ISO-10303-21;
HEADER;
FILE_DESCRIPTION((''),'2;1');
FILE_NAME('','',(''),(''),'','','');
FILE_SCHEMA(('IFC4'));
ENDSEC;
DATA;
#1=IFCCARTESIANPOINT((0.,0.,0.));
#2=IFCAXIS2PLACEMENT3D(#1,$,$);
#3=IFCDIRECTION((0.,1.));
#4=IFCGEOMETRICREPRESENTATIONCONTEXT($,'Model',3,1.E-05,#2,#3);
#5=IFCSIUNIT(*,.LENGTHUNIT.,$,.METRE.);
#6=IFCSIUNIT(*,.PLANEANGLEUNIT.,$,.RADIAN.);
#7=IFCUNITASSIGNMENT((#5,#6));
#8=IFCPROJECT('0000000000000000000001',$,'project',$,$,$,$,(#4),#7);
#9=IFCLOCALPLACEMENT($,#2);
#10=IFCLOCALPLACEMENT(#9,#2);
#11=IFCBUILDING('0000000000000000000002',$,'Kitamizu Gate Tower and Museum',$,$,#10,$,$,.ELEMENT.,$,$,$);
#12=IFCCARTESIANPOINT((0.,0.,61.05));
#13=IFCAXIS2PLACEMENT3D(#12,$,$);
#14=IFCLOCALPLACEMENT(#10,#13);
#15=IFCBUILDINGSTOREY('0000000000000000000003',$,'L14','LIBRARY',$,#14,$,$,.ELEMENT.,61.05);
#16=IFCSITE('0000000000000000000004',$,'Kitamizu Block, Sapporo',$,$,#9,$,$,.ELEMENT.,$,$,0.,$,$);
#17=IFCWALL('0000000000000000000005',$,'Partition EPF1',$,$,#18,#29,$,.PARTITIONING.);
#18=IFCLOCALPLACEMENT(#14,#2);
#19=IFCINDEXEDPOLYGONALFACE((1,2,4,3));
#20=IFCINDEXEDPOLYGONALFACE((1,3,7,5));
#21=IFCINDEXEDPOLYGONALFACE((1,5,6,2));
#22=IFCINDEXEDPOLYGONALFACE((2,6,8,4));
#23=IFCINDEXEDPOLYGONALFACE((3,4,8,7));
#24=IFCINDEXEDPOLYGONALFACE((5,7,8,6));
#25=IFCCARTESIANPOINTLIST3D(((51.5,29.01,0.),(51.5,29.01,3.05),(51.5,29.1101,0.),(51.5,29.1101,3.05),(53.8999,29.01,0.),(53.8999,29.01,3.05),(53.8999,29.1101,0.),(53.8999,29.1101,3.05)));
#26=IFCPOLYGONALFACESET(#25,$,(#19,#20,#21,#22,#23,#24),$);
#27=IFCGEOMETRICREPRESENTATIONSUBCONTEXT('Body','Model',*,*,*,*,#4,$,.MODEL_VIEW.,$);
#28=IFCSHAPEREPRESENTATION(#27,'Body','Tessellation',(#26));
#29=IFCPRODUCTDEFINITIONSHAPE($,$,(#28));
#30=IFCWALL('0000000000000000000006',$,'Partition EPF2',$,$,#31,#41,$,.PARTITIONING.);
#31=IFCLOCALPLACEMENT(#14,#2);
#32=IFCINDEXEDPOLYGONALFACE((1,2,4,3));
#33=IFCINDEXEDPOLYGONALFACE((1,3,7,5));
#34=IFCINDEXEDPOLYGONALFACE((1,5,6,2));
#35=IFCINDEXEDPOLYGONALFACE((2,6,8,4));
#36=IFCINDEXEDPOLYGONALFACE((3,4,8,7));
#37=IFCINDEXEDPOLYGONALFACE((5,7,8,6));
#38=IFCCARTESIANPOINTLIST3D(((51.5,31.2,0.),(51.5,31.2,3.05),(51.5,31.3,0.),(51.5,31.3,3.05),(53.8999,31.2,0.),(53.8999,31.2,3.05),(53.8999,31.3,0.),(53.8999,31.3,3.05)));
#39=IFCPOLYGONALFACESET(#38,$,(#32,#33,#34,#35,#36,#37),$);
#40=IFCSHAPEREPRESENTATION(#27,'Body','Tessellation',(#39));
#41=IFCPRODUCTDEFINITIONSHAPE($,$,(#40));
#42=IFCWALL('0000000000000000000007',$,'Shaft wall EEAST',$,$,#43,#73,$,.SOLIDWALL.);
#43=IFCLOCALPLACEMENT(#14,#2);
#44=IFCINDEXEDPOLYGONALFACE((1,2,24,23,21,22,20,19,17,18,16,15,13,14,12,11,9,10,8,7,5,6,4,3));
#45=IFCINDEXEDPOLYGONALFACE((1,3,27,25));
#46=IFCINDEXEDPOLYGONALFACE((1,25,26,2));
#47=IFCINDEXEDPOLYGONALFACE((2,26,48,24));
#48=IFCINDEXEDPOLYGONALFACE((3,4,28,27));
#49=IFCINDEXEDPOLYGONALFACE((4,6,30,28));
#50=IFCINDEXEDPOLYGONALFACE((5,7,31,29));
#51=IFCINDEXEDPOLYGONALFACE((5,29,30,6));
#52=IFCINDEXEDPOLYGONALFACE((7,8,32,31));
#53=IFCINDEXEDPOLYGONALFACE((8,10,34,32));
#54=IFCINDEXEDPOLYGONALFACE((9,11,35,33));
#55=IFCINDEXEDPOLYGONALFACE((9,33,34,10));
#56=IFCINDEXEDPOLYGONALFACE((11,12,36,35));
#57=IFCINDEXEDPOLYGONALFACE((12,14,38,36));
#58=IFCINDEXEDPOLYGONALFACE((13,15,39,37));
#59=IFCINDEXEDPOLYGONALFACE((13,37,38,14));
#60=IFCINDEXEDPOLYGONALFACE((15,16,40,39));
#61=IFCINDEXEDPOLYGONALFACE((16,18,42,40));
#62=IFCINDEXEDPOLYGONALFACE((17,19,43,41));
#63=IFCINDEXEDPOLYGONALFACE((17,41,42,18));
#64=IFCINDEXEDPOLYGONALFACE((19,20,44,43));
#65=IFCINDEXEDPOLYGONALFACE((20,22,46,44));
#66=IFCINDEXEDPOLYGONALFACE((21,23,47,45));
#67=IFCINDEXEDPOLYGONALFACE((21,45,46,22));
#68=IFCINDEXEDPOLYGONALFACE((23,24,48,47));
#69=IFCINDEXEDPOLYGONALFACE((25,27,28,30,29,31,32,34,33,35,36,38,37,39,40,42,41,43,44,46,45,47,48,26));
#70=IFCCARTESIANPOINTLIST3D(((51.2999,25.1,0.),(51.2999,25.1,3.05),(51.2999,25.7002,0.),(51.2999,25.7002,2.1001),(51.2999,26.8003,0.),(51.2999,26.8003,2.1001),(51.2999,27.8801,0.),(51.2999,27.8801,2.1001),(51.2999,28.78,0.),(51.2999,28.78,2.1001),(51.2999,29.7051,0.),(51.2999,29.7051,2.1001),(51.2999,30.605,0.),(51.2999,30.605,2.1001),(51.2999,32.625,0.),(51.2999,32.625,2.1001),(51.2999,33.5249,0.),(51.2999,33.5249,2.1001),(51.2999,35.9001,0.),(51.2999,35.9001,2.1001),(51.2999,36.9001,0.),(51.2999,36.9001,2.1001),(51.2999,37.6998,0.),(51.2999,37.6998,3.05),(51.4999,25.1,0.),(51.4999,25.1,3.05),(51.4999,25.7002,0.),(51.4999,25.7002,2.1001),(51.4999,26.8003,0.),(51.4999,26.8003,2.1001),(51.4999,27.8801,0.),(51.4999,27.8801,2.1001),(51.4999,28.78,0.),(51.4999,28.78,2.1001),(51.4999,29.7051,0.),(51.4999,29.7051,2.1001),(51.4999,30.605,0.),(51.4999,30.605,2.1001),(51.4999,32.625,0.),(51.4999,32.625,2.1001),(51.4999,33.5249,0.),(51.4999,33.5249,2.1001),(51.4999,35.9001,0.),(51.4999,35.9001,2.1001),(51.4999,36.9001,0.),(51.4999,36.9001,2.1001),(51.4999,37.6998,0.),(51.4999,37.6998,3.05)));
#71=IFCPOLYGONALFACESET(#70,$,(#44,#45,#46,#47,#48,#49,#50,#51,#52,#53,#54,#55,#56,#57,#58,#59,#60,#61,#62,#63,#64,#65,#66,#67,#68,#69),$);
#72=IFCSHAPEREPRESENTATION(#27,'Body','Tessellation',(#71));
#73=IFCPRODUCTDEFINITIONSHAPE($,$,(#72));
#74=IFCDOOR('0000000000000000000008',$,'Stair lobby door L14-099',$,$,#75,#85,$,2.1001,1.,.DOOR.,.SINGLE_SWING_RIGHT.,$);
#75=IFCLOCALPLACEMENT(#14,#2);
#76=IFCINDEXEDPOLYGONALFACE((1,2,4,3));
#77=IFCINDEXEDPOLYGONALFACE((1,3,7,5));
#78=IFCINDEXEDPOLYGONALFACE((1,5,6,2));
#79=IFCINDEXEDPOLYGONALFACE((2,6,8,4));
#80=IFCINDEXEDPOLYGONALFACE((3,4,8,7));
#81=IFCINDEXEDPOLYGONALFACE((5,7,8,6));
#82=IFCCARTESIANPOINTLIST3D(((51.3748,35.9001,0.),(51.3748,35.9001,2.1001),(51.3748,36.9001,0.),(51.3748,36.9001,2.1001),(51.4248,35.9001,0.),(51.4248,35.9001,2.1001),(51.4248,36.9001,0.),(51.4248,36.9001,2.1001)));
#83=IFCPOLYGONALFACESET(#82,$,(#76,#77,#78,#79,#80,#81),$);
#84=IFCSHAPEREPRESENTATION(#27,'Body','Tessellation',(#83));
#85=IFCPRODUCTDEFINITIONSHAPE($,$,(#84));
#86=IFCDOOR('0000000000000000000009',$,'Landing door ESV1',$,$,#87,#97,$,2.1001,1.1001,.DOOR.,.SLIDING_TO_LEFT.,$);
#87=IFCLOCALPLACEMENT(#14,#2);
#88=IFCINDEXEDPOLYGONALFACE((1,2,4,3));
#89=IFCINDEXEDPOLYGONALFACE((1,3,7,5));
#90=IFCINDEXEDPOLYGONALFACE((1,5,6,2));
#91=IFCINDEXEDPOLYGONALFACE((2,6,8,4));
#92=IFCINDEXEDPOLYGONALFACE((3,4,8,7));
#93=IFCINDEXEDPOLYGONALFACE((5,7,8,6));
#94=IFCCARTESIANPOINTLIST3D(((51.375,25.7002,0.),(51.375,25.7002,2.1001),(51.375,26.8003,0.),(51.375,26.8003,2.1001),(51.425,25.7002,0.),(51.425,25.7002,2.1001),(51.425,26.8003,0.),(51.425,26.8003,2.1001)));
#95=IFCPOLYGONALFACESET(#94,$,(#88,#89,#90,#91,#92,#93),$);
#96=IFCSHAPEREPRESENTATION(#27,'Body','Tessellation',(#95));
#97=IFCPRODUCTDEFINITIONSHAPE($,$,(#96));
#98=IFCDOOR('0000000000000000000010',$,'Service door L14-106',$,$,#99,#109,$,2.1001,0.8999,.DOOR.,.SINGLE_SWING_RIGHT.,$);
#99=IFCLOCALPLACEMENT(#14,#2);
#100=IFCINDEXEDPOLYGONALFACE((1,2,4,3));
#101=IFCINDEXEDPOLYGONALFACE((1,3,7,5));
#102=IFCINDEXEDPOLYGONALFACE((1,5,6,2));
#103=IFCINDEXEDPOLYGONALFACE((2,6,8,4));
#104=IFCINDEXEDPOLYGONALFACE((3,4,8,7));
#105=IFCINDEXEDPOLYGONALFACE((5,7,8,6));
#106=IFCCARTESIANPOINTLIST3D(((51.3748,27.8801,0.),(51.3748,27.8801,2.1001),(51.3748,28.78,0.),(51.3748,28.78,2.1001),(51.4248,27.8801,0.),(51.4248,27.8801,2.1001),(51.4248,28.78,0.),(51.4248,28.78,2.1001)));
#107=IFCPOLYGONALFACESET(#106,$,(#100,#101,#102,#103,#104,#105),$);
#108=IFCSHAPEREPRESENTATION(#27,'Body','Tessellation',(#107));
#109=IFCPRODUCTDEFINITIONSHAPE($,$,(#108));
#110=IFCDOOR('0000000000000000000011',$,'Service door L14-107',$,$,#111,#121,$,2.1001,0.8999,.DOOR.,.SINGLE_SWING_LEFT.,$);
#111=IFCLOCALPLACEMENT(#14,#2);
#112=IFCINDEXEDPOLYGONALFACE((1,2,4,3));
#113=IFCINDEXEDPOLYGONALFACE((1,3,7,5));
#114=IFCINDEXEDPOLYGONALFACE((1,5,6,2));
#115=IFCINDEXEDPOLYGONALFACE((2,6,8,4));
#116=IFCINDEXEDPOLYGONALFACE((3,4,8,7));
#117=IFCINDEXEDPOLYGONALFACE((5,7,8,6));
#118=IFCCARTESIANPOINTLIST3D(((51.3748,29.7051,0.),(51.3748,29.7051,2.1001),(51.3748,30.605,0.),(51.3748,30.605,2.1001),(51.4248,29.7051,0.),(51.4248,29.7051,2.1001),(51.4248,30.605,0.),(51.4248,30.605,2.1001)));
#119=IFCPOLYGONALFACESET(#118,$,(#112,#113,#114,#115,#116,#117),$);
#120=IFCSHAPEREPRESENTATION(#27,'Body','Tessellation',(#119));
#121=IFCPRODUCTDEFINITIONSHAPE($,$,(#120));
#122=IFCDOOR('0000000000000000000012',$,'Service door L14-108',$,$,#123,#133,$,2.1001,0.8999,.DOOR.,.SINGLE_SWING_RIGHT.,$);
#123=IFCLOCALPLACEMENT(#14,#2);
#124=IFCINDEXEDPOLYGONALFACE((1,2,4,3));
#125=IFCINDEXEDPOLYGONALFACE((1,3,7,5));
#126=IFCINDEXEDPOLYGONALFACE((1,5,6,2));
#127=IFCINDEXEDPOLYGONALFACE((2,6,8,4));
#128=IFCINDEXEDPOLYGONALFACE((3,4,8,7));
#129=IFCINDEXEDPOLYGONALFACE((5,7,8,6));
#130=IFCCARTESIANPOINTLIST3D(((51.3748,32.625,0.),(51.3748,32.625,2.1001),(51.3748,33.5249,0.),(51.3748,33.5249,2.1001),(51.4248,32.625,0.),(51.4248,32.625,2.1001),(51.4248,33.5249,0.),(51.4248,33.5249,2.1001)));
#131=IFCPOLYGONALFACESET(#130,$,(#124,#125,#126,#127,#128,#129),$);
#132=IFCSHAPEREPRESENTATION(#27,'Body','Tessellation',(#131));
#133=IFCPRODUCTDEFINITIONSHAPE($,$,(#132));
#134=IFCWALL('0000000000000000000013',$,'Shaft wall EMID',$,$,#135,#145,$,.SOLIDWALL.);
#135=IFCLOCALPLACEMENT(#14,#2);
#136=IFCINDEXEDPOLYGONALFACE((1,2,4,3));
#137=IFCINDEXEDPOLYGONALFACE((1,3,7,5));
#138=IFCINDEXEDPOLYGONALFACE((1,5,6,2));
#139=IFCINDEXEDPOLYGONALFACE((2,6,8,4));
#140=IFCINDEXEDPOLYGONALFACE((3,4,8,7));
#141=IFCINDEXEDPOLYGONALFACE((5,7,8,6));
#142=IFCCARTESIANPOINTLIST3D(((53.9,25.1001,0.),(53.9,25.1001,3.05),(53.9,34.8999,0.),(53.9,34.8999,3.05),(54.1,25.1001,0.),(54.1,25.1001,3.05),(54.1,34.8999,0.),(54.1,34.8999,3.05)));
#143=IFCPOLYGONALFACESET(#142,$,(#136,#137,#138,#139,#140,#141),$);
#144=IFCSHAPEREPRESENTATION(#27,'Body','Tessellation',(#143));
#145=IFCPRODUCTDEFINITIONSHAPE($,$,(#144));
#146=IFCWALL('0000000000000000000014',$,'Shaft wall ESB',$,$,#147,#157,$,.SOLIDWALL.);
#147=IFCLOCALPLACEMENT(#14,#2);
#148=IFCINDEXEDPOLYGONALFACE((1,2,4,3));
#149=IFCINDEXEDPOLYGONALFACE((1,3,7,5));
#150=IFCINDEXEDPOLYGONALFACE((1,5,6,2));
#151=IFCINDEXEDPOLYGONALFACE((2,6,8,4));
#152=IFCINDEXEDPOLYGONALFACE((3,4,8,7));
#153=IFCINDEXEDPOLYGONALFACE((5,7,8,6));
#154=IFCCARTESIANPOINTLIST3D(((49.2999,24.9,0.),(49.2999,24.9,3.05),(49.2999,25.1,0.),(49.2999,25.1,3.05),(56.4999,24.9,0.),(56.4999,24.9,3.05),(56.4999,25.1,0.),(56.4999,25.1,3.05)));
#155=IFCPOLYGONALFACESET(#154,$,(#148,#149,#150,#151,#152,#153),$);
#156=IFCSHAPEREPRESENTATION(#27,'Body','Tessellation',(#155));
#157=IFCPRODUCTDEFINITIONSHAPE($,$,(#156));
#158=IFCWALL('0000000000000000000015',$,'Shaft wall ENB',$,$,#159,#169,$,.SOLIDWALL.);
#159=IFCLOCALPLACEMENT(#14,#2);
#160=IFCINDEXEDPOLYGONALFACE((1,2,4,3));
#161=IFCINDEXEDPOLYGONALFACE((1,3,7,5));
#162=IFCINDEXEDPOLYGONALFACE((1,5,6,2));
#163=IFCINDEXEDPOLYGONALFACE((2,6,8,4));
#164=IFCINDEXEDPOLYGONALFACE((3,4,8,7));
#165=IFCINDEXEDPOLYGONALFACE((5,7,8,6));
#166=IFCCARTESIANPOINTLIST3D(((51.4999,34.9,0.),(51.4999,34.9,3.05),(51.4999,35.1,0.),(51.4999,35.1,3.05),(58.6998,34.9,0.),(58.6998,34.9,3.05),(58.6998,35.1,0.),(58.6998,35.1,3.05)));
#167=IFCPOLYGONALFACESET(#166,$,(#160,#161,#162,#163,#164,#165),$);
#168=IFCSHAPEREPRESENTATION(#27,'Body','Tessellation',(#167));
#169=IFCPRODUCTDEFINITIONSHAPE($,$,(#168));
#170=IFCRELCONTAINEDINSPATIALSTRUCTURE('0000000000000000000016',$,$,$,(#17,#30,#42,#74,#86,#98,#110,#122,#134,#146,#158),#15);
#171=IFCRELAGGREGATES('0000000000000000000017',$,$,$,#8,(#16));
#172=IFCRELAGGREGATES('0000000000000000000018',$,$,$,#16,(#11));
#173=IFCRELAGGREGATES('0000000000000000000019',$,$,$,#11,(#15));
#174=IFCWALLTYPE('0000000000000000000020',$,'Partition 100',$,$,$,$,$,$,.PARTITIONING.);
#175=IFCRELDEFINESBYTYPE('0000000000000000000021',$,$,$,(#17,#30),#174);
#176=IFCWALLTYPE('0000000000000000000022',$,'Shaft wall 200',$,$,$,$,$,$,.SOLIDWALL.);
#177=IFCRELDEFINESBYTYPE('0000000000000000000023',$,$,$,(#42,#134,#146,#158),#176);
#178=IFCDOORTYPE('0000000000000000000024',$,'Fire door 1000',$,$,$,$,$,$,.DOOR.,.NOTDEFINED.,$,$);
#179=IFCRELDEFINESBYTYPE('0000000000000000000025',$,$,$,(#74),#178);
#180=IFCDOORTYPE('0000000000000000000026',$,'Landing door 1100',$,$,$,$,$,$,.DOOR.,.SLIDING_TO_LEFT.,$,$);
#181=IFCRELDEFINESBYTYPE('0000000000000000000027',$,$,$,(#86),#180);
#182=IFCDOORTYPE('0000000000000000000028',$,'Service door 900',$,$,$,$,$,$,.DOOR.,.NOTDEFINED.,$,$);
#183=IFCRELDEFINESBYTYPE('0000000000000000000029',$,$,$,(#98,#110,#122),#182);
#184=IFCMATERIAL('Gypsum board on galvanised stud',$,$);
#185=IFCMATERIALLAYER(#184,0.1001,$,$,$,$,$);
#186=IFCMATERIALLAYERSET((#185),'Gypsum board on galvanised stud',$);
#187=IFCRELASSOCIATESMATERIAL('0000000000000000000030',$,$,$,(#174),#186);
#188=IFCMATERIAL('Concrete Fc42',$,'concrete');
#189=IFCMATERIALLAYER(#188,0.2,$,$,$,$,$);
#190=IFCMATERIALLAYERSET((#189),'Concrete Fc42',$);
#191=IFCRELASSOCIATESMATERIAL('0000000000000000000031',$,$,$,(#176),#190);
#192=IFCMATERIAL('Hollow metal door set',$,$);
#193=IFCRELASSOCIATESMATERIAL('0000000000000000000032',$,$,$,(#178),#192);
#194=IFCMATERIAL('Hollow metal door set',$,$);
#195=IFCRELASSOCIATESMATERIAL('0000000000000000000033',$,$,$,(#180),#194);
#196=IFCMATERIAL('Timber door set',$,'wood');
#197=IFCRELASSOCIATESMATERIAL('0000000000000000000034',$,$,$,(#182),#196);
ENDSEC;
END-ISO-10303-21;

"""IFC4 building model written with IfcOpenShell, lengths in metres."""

from ifc_helpers import new_model, si_unit, direction, frame, frame_2d, origin, place, context, subcontext, project, spatial, rectangle, extrude, material, layer, layer_set, type_object, element, fill, save


model = new_model("IFC4")

# Units and contexts
model_context = context("Model", 3, precision=1e-05, world=origin(), true_north=direction((0.0, 1.0)))
body_context = subcontext(model_context, "Body", "Model", "MODEL_VIEW")
ifc_project = project(units=[si_unit("LENGTHUNIT", "METRE"), si_unit("PLANEANGLEUNIT", "RADIAN")], contexts=[model_context])

# Site, building, storey
site_placement = place(None, origin())
site = spatial("IfcSite", under=ifc_project, at=site_placement, Name="Kitamizu Block, Sapporo", CompositionType="ELEMENT", RefElevation=0.0)
building_placement = place(site_placement, origin())
building = spatial("IfcBuilding", under=site, at=building_placement, Name="Kitamizu Gate Tower and Museum", CompositionType="ELEMENT")
storey_placement = place(building_placement, frame((0.0, 0.0, 61.05)))
storey = spatial("IfcBuildingStorey", under=building, at=storey_placement, Name="L14", Description="LIBRARY", CompositionType="ELEMENT", Elevation=61.05)

# Walls
ifc_material_1 = material(Name="Gypsum board on galvanised stud")
ifc_layer_1 = layer(ifc_material_1, 0.1001)
ifc_layer_set_1 = layer_set([ifc_layer_1], Name="Gypsum board on galvanised stud")
wall_type_1 = type_object("IfcWallType", Name="Partition 100", PredefinedType="PARTITIONING", material=ifc_layer_set_1)
for number, where, z_axis, x_axis, name in (
    (1, (53.8999, 29.0601, 0.0), (0.0, 0.0, 1.0), (-1.0, 0.0, 0.0), "Partition EPF1"),
    (2, (53.8999, 31.25, 0.0), (0.0, 0.0, 1.0), (-1.0, 0.0, 0.0), "Partition EPF2"),
):
    element("IfcWall", number, at=place(storey_placement, frame(where, z_axis=z_axis, x_axis=x_axis)), inside=storey, type_object=wall_type_1, Name=name, PredefinedType="PARTITIONING", context=body_context, shape_type="SweptSolid", body=[
        extrude(rectangle(XDim=2.3999, YDim=0.1001, at=frame_2d((1.2, 0.0))), origin(), (0.0, 0.0, 1.0), 3.05),
    ])

# Wall, openings, doors
ifc_material_2 = material(Name="Concrete Fc42", Category="concrete")
ifc_layer_2 = layer(ifc_material_2, 0.2)
ifc_layer_set_2 = layer_set([ifc_layer_2], Name="Concrete Fc42")
wall_type_2 = type_object("IfcWallType", Name="Shaft wall 200", PredefinedType="SOLIDWALL", material=ifc_layer_set_2)
wall_1_placement = place(storey_placement, frame((51.3999, 25.1001, 0.0), z_axis=(0.0, 0.0, 1.0), x_axis=(0.0, 1.0, 0.0)))
wall_1 = element("IfcWall", 3, at=wall_1_placement, inside=storey, type_object=wall_type_2, Name="Shaft wall EEAST", PredefinedType="SOLIDWALL", context=body_context, shape_type="SweptSolid", body=[
    extrude(rectangle(XDim=12.5999, YDim=0.2, at=frame_2d((6.2998, 0.0))), origin(), (0.0, 0.0, 1.0), 3.05),
])
opening_1_placement = place(wall_1_placement, frame((0.6001, 0.0, 0.0)))
opening_1 = element("IfcOpeningElement", 4, at=opening_1_placement, cuts=wall_1, PredefinedType="OPENING", context=body_context, shape_type="SweptSolid", body=[
    extrude(rectangle(XDim=1.1001, YDim=2.1001, at=frame_2d((0.55, 1.05))), frame((0.0, 0.1099, 0.0), z_axis=(0.0, -1.0, 0.0), x_axis=(1.0, 0.0, 0.0)), (0.0, 0.0, 1.0), 0.22),
])
opening_2_placement = place(wall_1_placement, frame((10.8, 0.0, 0.0)))
opening_2 = element("IfcOpeningElement", 5, at=opening_2_placement, cuts=wall_1, PredefinedType="OPENING", context=body_context, shape_type="SweptSolid", body=[
    extrude(rectangle(XDim=1.0, YDim=2.1001, at=frame_2d((0.5, 1.05))), frame((0.0, 0.1099, 0.0), z_axis=(0.0, -1.0, 0.0), x_axis=(1.0, 0.0, 0.0)), (0.0, 0.0, 1.0), 0.22),
])
opening_3_placement = place(wall_1_placement, frame((2.78, 0.0, 0.0)))
opening_3 = element("IfcOpeningElement", 6, at=opening_3_placement, cuts=wall_1, PredefinedType="OPENING", context=body_context, shape_type="SweptSolid", body=[
    extrude(rectangle(XDim=0.8999, YDim=2.1001, at=frame_2d((0.45, 1.05))), frame((0.0, 0.1099, 0.0), z_axis=(0.0, -1.0, 0.0), x_axis=(1.0, 0.0, 0.0)), (0.0, 0.0, 1.0), 0.22),
])
opening_4_placement = place(wall_1_placement, frame((4.605, 0.0, 0.0)))
opening_4 = element("IfcOpeningElement", 7, at=opening_4_placement, cuts=wall_1, PredefinedType="OPENING", context=body_context, shape_type="SweptSolid", body=[
    extrude(rectangle(XDim=0.8999, YDim=2.1001, at=frame_2d((0.45, 1.05))), frame((0.0, 0.1099, 0.0), z_axis=(0.0, -1.0, 0.0), x_axis=(1.0, 0.0, 0.0)), (0.0, 0.0, 1.0), 0.22),
])
opening_5_placement = place(wall_1_placement, frame((7.5249, 0.0, 0.0)))
opening_5 = element("IfcOpeningElement", 8, at=opening_5_placement, cuts=wall_1, PredefinedType="OPENING", context=body_context, shape_type="SweptSolid", body=[
    extrude(rectangle(XDim=0.8999, YDim=2.1001, at=frame_2d((0.45, 1.05))), frame((0.0, 0.1099, 0.0), z_axis=(0.0, -1.0, 0.0), x_axis=(1.0, 0.0, 0.0)), (0.0, 0.0, 1.0), 0.22),
])
ifc_material_3 = material(Name="Hollow metal door set")
door_type_1 = type_object("IfcDoorType", Name="Fire door 1000", OperationType="NOTDEFINED", PredefinedType="DOOR", material=ifc_material_3)
door_1_placement = place(opening_2_placement, frame((1.0, 0.0, 0.0), x_axis=(-1.0, 0.0, 0.0)))
door_1 = element("IfcDoor", 9, at=door_1_placement, inside=storey, type_object=door_type_1, Name="Stair lobby door L14-099", OperationType="SINGLE_SWING_RIGHT", OverallHeight=2.1001, OverallWidth=1.0, PredefinedType="DOOR", context=body_context, shape_type="SweptSolid", body=[
    extrude(rectangle(XDim=1.0, YDim=2.1001, at=frame_2d((0.5, 1.05))), frame((0.0, 0.0249, 0.0), z_axis=(0.0, -1.0, 0.0), x_axis=(1.0, 0.0, 0.0)), (0.0, 0.0, 1.0), 0.05),
])
fill(opening_2, door_1)
ifc_material_4 = material(Name="Hollow metal door set")
door_type_2 = type_object("IfcDoorType", Name="Landing door 1100", OperationType="SLIDING_TO_LEFT", PredefinedType="DOOR", material=ifc_material_4)
door_2_placement = place(opening_1_placement, origin())
door_2 = element("IfcDoor", 10, at=door_2_placement, inside=storey, type_object=door_type_2, Name="Landing door ESV1", OperationType="SLIDING_TO_LEFT", OverallHeight=2.1001, OverallWidth=1.1001, PredefinedType="DOOR", context=body_context, shape_type="SweptSolid", body=[
    extrude(rectangle(XDim=1.1001, YDim=2.1001, at=frame_2d((0.55, 1.05))), frame((0.0, 0.0249, 0.0), z_axis=(0.0, -1.0, 0.0), x_axis=(1.0, 0.0, 0.0)), (0.0, 0.0, 1.0), 0.05),
])
fill(opening_1, door_2)
ifc_material_5 = material(Name="Timber door set", Category="wood")
door_type_3 = type_object("IfcDoorType", Name="Service door 900", OperationType="NOTDEFINED", PredefinedType="DOOR", material=ifc_material_5)
door_3_placement = place(opening_3_placement, frame((0.8999, 0.0, 0.0), x_axis=(-1.0, 0.0, 0.0)))
door_3 = element("IfcDoor", 11, at=door_3_placement, inside=storey, type_object=door_type_3, Name="Service door L14-106", OperationType="SINGLE_SWING_RIGHT", OverallHeight=2.1001, OverallWidth=0.8999, PredefinedType="DOOR", context=body_context, shape_type="SweptSolid", body=[
    extrude(rectangle(XDim=0.8999, YDim=2.1001, at=frame_2d((0.45, 1.05))), frame((0.0, 0.0249, 0.0), z_axis=(0.0, -1.0, 0.0), x_axis=(1.0, 0.0, 0.0)), (0.0, 0.0, 1.0), 0.05),
])
fill(opening_3, door_3)
door_4_placement = place(opening_4_placement, frame((0.8999, 0.0, 0.0), x_axis=(-1.0, 0.0, 0.0)))
door_4 = element("IfcDoor", 12, at=door_4_placement, inside=storey, type_object=door_type_3, Name="Service door L14-107", OperationType="SINGLE_SWING_LEFT", OverallHeight=2.1001, OverallWidth=0.8999, PredefinedType="DOOR", context=body_context, shape_type="SweptSolid", body=[
    extrude(rectangle(XDim=0.8999, YDim=2.1001, at=frame_2d((0.45, 1.05))), frame((0.0, 0.0249, 0.0), z_axis=(0.0, -1.0, 0.0), x_axis=(1.0, 0.0, 0.0)), (0.0, 0.0, 1.0), 0.05),
])
fill(opening_4, door_4)
door_5_placement = place(opening_5_placement, frame((0.8999, 0.0, 0.0), x_axis=(-1.0, 0.0, 0.0)))
door_5 = element("IfcDoor", 13, at=door_5_placement, inside=storey, type_object=door_type_3, Name="Service door L14-108", OperationType="SINGLE_SWING_RIGHT", OverallHeight=2.1001, OverallWidth=0.8999, PredefinedType="DOOR", context=body_context, shape_type="SweptSolid", body=[
    extrude(rectangle(XDim=0.8999, YDim=2.1001, at=frame_2d((0.45, 1.05))), frame((0.0, 0.0249, 0.0), z_axis=(0.0, -1.0, 0.0), x_axis=(1.0, 0.0, 0.0)), (0.0, 0.0, 1.0), 0.05),
])
fill(opening_5, door_5)

# Walls
wall_2_placement = place(storey_placement, frame((54.0, 25.1001, 0.0), z_axis=(0.0, 0.0, 1.0), x_axis=(0.0, 1.0, 0.0)))
element("IfcWall", 14, at=wall_2_placement, inside=storey, type_object=wall_type_2, Name="Shaft wall EMID", PredefinedType="SOLIDWALL", context=body_context, shape_type="SweptSolid", body=[
    extrude(rectangle(XDim=9.7998, YDim=0.2, at=frame_2d((4.8999, 0.0))), origin(), (0.0, 0.0, 1.0), 3.05),
])
for number, where, z_axis, x_axis, name in (
    (15, (56.5, 25.0, 0.0), (0.0, 0.0, 1.0), (-1.0, 0.0, 0.0), "Shaft wall ESB"),
    (16, (58.7, 35.0, 0.0), (0.0, 0.0, 1.0), (-1.0, 0.0, 0.0), "Shaft wall ENB"),
):
    element("IfcWall", number, at=place(storey_placement, frame(where, z_axis=z_axis, x_axis=x_axis)), inside=storey, type_object=wall_type_2, Name=name, PredefinedType="SOLIDWALL", context=body_context, shape_type="SweptSolid", body=[
        extrude(rectangle(XDim=7.2, YDim=0.2, at=frame_2d((3.6001, 0.0))), origin(), (0.0, 0.0, 1.0), 3.05),
    ])

save(model, "model.ifc")
